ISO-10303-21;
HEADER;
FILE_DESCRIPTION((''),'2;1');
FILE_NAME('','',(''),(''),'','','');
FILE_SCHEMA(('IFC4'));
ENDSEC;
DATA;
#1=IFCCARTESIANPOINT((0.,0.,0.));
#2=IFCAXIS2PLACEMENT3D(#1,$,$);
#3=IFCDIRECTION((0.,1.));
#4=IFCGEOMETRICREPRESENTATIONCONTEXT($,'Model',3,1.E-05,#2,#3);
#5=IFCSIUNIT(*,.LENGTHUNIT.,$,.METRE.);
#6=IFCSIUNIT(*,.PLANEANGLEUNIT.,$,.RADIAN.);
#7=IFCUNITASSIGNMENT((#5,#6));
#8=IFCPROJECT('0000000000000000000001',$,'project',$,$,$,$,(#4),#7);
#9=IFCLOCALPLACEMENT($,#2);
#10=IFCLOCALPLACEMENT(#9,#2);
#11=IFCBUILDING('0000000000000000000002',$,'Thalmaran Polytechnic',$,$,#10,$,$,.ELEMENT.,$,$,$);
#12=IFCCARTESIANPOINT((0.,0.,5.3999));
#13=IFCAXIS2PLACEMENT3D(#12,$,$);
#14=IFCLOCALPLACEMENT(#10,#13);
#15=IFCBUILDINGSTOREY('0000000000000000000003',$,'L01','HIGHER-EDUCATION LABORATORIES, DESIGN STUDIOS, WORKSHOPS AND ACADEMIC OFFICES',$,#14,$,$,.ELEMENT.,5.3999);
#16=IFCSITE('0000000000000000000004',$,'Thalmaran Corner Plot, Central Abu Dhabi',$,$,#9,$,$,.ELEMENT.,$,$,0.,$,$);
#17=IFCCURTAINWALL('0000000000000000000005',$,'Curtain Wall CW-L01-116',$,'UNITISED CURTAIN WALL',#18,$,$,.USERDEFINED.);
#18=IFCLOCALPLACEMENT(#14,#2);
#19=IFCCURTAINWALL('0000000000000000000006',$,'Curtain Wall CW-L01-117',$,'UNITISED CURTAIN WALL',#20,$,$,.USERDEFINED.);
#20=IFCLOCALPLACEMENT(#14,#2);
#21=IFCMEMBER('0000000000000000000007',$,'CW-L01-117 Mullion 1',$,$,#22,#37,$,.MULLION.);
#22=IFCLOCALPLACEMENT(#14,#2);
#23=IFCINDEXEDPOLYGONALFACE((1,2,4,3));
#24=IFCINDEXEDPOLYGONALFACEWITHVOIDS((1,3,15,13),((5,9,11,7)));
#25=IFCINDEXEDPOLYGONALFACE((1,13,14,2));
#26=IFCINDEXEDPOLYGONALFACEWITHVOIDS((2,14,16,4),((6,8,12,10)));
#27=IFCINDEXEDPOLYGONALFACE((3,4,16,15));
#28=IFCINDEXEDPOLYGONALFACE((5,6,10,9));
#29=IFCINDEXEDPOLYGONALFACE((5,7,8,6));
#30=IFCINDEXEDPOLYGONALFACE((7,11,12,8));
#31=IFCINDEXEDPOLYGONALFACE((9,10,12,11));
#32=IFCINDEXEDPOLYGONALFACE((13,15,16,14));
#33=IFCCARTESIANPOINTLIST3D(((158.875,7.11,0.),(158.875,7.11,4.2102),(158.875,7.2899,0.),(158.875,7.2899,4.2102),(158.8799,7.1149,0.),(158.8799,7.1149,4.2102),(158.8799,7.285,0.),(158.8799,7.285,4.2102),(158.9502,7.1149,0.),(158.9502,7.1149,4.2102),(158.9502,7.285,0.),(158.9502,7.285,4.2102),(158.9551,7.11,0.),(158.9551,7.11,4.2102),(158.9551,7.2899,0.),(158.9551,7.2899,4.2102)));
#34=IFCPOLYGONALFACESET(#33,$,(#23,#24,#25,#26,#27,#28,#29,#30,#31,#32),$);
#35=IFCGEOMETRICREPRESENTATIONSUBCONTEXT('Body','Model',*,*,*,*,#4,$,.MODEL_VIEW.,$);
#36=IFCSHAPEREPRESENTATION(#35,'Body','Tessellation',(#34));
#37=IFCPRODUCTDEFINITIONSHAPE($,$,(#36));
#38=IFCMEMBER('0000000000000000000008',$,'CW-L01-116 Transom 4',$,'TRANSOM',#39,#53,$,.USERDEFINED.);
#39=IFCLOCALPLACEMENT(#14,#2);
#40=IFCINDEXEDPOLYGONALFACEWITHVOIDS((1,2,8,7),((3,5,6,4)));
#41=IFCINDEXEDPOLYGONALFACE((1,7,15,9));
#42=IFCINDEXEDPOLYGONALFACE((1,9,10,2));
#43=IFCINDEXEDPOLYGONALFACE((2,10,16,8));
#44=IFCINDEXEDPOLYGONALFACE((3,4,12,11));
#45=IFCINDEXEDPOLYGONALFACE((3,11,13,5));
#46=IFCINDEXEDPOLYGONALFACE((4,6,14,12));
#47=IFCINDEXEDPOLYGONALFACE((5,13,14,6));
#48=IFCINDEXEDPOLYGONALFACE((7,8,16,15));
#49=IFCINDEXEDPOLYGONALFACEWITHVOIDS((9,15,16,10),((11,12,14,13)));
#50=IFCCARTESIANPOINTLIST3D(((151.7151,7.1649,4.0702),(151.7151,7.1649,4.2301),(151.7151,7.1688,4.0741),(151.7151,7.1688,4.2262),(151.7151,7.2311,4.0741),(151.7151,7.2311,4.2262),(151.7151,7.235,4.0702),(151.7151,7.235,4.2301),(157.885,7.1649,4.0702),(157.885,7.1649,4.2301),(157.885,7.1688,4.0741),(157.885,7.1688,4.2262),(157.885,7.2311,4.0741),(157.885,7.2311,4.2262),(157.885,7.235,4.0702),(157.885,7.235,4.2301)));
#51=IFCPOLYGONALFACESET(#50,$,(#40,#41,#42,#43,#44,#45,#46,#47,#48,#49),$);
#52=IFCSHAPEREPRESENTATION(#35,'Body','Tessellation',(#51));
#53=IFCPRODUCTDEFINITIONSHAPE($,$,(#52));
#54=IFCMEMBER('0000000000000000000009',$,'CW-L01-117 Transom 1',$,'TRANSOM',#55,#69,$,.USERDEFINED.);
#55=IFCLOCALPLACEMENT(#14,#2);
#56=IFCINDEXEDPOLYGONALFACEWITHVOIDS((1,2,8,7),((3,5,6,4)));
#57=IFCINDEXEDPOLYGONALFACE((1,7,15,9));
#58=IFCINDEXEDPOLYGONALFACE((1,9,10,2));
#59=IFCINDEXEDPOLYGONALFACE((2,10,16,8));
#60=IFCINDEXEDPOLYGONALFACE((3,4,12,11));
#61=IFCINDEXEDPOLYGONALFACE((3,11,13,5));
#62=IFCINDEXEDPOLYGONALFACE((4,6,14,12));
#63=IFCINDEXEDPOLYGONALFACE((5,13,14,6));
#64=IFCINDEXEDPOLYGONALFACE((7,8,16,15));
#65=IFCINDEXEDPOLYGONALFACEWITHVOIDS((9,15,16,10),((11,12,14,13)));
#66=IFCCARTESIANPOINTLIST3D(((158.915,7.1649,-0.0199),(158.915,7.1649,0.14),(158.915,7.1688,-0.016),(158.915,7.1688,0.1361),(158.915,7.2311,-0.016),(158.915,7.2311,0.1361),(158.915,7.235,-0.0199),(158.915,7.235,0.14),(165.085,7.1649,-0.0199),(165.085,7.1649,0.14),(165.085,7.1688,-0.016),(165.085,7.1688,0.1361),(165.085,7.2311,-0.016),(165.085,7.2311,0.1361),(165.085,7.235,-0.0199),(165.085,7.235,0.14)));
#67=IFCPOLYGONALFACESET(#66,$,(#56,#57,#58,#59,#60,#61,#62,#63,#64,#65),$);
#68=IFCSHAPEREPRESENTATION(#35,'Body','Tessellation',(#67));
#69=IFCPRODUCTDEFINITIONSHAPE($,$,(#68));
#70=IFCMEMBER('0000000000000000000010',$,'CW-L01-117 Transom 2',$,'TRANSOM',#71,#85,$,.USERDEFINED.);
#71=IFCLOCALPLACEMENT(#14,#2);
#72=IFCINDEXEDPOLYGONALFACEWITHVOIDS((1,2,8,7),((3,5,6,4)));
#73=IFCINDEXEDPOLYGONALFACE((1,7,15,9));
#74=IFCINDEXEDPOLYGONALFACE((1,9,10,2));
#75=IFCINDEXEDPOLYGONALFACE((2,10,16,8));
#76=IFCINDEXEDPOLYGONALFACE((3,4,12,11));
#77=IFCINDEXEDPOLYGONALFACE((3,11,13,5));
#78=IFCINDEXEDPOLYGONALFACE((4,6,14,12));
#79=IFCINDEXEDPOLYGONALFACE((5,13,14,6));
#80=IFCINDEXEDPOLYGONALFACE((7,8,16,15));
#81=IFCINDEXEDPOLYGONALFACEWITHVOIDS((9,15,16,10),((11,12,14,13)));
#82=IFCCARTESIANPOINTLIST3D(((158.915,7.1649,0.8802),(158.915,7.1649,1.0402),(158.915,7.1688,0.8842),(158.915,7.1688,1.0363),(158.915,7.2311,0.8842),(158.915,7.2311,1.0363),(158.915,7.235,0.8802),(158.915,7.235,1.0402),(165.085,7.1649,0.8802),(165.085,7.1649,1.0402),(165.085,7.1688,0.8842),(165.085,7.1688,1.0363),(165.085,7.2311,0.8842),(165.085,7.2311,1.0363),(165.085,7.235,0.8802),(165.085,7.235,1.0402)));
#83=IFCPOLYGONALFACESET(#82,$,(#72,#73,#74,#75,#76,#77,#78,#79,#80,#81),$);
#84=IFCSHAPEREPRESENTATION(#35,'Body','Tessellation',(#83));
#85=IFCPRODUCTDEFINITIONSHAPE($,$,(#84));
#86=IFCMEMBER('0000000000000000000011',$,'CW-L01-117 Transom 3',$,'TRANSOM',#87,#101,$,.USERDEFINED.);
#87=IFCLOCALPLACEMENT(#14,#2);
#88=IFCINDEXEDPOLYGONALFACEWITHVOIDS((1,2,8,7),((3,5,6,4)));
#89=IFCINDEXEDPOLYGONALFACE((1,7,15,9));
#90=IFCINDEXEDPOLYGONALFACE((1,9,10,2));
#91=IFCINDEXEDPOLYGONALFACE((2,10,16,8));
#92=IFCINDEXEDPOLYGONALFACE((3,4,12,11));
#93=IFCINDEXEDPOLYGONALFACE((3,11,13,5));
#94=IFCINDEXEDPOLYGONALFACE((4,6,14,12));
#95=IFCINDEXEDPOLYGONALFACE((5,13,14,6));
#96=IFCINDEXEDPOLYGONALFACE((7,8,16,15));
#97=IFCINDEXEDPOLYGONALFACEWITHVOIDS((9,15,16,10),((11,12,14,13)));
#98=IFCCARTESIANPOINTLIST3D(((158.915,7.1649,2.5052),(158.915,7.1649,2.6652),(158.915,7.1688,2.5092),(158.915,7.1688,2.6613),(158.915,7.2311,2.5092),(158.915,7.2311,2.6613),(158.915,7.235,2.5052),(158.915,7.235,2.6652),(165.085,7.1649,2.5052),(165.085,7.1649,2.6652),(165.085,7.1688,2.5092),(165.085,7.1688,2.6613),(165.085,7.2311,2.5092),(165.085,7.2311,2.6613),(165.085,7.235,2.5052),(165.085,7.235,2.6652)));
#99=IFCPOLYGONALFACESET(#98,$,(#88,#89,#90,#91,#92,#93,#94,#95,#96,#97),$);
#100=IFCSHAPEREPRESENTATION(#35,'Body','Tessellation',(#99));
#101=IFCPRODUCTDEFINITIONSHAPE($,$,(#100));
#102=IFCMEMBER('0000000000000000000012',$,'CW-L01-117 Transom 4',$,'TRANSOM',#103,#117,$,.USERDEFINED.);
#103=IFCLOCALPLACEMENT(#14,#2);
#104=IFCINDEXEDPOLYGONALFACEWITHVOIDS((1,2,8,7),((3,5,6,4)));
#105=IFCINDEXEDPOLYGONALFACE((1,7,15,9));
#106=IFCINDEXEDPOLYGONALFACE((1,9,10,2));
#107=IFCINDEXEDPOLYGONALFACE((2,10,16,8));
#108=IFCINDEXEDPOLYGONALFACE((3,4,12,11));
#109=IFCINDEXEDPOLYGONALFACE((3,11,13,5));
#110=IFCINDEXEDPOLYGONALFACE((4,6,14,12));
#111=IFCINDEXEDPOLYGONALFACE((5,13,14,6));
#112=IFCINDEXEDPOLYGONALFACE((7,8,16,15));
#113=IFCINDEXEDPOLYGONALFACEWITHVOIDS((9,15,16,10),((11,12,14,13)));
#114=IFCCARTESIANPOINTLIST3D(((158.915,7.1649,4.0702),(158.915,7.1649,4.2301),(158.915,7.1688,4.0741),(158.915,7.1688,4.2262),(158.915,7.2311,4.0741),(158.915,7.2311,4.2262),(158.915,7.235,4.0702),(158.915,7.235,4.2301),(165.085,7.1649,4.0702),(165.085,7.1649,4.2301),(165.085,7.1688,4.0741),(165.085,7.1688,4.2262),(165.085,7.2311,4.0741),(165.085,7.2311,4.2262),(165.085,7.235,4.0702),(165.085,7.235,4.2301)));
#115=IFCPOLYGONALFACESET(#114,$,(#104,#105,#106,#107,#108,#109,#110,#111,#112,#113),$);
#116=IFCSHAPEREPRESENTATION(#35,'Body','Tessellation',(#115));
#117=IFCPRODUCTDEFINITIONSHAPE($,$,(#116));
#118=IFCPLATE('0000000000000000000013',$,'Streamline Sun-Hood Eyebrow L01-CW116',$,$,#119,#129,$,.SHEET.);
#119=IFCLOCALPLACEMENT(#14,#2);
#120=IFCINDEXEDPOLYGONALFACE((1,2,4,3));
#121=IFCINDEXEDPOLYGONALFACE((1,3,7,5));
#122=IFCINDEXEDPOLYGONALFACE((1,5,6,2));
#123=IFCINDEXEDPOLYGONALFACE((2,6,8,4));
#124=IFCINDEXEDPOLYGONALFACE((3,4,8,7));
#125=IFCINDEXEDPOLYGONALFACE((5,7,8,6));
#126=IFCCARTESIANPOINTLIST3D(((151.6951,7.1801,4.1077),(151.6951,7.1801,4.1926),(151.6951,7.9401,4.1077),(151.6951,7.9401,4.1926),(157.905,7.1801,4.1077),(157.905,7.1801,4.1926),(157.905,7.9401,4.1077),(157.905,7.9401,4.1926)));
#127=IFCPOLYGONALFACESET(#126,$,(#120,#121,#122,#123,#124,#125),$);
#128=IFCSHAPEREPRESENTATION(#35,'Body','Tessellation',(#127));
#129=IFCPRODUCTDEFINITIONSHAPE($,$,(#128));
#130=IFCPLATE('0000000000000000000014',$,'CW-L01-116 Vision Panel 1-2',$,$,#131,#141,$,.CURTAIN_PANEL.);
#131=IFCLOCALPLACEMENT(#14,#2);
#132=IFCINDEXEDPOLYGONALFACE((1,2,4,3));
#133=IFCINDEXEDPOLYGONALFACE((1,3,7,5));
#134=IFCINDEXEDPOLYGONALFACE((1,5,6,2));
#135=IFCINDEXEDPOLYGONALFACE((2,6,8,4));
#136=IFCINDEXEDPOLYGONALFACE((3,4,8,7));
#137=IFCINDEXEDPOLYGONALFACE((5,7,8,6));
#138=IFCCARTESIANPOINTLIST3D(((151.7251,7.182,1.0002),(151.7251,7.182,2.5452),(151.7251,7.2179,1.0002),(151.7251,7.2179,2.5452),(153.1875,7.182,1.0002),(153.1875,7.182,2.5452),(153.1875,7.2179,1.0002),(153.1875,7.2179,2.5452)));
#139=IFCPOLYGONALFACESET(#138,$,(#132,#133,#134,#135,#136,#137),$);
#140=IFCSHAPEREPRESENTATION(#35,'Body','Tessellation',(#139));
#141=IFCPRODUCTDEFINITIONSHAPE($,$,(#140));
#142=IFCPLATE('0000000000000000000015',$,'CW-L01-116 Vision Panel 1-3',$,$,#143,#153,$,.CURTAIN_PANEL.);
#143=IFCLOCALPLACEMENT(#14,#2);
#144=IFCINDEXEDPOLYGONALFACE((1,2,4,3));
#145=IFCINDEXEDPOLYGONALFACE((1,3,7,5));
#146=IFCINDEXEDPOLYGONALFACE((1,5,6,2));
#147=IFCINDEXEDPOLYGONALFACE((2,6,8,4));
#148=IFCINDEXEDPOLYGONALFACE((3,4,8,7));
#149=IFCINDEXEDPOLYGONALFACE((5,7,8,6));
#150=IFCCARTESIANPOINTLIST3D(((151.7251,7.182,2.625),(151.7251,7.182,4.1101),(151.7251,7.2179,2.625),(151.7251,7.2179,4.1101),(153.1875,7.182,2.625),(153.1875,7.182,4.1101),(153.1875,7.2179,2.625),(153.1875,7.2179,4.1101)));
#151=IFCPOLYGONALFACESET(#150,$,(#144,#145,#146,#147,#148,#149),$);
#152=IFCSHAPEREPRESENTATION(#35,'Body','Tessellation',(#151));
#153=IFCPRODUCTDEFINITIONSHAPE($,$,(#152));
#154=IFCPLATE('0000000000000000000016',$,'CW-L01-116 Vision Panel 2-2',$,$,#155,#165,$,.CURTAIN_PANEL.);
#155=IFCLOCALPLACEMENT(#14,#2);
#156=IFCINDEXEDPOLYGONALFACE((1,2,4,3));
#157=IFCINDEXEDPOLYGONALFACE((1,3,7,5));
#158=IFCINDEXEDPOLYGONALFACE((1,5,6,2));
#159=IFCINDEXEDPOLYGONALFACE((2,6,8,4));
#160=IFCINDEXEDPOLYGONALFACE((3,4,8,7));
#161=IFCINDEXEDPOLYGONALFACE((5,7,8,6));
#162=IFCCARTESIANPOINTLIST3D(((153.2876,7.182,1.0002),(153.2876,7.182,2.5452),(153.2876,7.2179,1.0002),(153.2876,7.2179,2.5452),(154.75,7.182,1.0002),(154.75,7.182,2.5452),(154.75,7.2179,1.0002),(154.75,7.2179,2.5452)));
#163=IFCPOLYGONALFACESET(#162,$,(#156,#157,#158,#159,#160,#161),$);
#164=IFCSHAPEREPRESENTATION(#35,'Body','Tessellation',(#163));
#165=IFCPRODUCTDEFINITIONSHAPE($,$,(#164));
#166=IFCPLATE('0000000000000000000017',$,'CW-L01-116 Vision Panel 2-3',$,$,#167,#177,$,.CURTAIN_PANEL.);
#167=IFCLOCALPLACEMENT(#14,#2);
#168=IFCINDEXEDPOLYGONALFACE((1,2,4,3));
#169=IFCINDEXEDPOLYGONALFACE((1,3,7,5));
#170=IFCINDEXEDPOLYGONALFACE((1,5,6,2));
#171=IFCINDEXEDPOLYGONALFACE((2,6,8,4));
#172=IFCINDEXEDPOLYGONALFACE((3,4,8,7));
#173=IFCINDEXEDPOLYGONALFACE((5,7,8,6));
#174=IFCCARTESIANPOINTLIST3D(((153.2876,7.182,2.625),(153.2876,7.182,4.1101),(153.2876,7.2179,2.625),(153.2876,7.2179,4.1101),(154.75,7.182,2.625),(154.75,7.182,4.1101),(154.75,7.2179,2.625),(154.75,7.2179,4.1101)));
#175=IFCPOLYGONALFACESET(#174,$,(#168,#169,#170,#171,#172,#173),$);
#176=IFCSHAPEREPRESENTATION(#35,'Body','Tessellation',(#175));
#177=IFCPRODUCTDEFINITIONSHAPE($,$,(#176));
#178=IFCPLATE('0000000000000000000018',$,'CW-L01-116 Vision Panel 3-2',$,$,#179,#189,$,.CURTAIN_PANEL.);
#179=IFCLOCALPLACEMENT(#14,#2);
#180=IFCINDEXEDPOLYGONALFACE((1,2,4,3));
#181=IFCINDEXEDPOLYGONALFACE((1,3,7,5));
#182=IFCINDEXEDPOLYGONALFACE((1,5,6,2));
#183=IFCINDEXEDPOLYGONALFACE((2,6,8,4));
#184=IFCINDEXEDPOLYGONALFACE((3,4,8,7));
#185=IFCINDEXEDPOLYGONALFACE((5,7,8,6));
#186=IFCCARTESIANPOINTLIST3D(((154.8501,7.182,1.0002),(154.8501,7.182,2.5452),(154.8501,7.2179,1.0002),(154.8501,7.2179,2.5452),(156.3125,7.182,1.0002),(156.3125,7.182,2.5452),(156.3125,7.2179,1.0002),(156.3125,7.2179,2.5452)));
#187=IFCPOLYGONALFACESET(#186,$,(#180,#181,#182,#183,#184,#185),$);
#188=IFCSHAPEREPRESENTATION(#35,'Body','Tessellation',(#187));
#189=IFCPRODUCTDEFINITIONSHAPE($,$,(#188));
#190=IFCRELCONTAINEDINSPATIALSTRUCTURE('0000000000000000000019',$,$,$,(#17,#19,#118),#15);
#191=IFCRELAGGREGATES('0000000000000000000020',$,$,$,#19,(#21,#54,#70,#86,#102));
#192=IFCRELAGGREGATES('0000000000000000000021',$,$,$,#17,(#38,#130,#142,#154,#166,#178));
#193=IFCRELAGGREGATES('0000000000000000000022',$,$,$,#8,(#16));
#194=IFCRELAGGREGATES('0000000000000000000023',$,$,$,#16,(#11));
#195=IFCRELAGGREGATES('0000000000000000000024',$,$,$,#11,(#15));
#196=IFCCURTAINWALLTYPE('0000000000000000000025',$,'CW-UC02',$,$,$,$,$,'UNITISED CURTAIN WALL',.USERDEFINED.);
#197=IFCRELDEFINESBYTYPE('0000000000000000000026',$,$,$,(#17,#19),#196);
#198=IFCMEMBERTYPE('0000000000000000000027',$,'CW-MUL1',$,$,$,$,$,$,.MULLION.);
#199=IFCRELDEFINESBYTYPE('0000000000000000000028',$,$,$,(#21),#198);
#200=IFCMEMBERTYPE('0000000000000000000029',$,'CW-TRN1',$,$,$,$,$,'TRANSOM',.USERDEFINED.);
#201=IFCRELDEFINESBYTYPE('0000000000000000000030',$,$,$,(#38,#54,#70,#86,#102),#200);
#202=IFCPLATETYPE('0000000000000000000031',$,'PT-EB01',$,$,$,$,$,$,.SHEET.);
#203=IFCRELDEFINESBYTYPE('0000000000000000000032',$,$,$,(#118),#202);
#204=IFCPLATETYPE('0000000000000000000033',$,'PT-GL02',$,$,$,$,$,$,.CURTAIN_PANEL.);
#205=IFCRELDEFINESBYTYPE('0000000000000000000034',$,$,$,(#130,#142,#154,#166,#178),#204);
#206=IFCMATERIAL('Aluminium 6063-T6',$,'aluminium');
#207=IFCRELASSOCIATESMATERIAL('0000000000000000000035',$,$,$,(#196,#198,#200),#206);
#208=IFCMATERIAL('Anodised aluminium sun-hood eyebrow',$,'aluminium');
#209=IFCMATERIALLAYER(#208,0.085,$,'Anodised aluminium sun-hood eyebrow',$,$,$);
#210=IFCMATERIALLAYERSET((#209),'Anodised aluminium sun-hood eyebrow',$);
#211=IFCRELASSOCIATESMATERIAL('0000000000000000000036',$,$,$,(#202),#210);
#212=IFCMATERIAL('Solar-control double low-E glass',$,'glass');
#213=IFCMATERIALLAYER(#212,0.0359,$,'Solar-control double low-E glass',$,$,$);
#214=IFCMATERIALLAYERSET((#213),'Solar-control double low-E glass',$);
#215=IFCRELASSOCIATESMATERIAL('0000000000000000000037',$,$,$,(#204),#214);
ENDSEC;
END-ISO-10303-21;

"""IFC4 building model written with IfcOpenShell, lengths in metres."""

from ifc_helpers import new_model, si_unit, direction, frame, origin, origin_2d, place, context, subcontext, project, spatial, rectangle, hollow_rectangle, extrude, material, layer, layer_set, material_profile, profile_set, type_object, element, aggregate, save


model = new_model("IFC4")

# Units and contexts
model_context = context("Model", 3, precision=1e-05, world=origin(), true_north=direction((0.0, 1.0)))
body_context = subcontext(model_context, "Body", "Model", "MODEL_VIEW")
ifc_project = project(units=[si_unit("LENGTHUNIT", "METRE"), si_unit("PLANEANGLEUNIT", "RADIAN")], contexts=[model_context])

# Site, building, storey
site_placement = place(None, origin())
site = spatial("IfcSite", under=ifc_project, at=site_placement, Name="Thalmaran Corner Plot, Central Abu Dhabi", CompositionType="ELEMENT", RefElevation=0.0)
building_placement = place(site_placement, origin())
building = spatial("IfcBuilding", under=site, at=building_placement, Name="Thalmaran Polytechnic", CompositionType="ELEMENT")
storey_placement = place(building_placement, frame((0.0, 0.0, 5.3999)))
storey = spatial("IfcBuildingStorey", under=building, at=storey_placement, Name="L01", Description="HIGHER-EDUCATION LABORATORIES, DESIGN STUDIOS, WORKSHOPS AND ACADEMIC OFFICES", CompositionType="ELEMENT", Elevation=5.3999)

# Curtain wall
ifc_material_1 = material(Name="Aluminium 6063-T6", Category="aluminium")
curtain_wall_type = type_object("IfcCurtainWallType", Name="CW-UC02", ElementType="UNITISED CURTAIN WALL", PredefinedType="USERDEFINED", material=ifc_material_1)
curtain_wall_1_placement = place(storey_placement, origin())
curtain_wall_1 = element("IfcCurtainWall", 1, at=curtain_wall_1_placement, inside=storey, type_object=curtain_wall_type, Name="Curtain Wall CW-L01-116", ObjectType="UNITISED CURTAIN WALL", PredefinedType="USERDEFINED")
ifc_material_profile_1 = material_profile(ifc_material_1, hollow_rectangle(XDim=0.0801, YDim=0.1799, WallThickness=0.0049, at=origin_2d()), Name="RHS 180x80x5.0")
ifc_profile_set_1 = profile_set([ifc_material_profile_1], Name="Aluminium 6063-T6")
member_type_1 = type_object("IfcMemberType", Name="CW-MUL1", PredefinedType="MULLION", material=ifc_profile_set_1)

# Curtain wall, member
curtain_wall_2_placement = place(storey_placement, origin())
curtain_wall_2 = element("IfcCurtainWall", 2, at=curtain_wall_2_placement, inside=storey, type_object=curtain_wall_type, Name="Curtain Wall CW-L01-117", ObjectType="UNITISED CURTAIN WALL", PredefinedType="USERDEFINED")
member_1_placement = place(storey_placement, frame((158.915, 7.2, 0.0), z_axis=(0.0, 0.0, 1.0), x_axis=(1.0, 0.0, 0.0)))
member_1 = element("IfcMember", 3, at=member_1_placement, type_object=member_type_1, Name="CW-L01-117 Mullion 1", PredefinedType="MULLION", context=body_context, shape_type="SweptSolid", body=[
    extrude(hollow_rectangle(XDim=0.0801, YDim=0.1799, WallThickness=0.0049, at=origin_2d()), origin(), (0.0, 0.0, 1.0), 4.2102),
])

# Members
ifc_material_profile_2 = material_profile(ifc_material_1, hollow_rectangle(XDim=0.0701, YDim=0.1599, WallThickness=0.0039, at=origin_2d()), Name="AL 160x70x4.0")
ifc_profile_set_2 = profile_set([ifc_material_profile_2], Name="Aluminium 6063-T6")
member_type_2 = type_object("IfcMemberType", Name="CW-TRN1", ElementType="TRANSOM", PredefinedType="USERDEFINED", material=ifc_profile_set_2)
member_2_placement = place(storey_placement, frame((151.7151, 7.2, 4.1501), z_axis=(1.0, 0.0, 0.0), x_axis=(0.0, 1.0, 0.0)))
member_2 = element("IfcMember", 4, at=member_2_placement, type_object=member_type_2, Name="CW-L01-116 Transom 4", ObjectType="TRANSOM", PredefinedType="USERDEFINED", context=body_context, shape_type="SweptSolid", body=[
    extrude(hollow_rectangle(XDim=0.0701, YDim=0.1599, WallThickness=0.0039, at=origin_2d()), origin(), (0.0, 0.0, 1.0), 6.1699),
])
member_3_placement = place(storey_placement, frame((158.915, 7.2, 0.0601), z_axis=(1.0, 0.0, 0.0), x_axis=(0.0, 1.0, 0.0)))
member_3 = element("IfcMember", 5, at=member_3_placement, type_object=member_type_2, Name="CW-L01-117 Transom 1", ObjectType="TRANSOM", PredefinedType="USERDEFINED", context=body_context, shape_type="SweptSolid", body=[
    extrude(hollow_rectangle(XDim=0.0701, YDim=0.1599, WallThickness=0.0039, at=origin_2d()), origin(), (0.0, 0.0, 1.0), 6.1699),
])
member_4_placement = place(storey_placement, frame((158.915, 7.2, 0.9602), z_axis=(1.0, 0.0, 0.0), x_axis=(0.0, 1.0, 0.0)))
member_4 = element("IfcMember", 6, at=member_4_placement, type_object=member_type_2, Name="CW-L01-117 Transom 2", ObjectType="TRANSOM", PredefinedType="USERDEFINED", context=body_context, shape_type="SweptSolid", body=[
    extrude(hollow_rectangle(XDim=0.0701, YDim=0.1599, WallThickness=0.0039, at=origin_2d()), origin(), (0.0, 0.0, 1.0), 6.1699),
])
member_5_placement = place(storey_placement, frame((158.915, 7.2, 2.5852), z_axis=(1.0, 0.0, 0.0), x_axis=(0.0, 1.0, 0.0)))
member_5 = element("IfcMember", 7, at=member_5_placement, type_object=member_type_2, Name="CW-L01-117 Transom 3", ObjectType="TRANSOM", PredefinedType="USERDEFINED", context=body_context, shape_type="SweptSolid", body=[
    extrude(hollow_rectangle(XDim=0.0701, YDim=0.1599, WallThickness=0.0039, at=origin_2d()), origin(), (0.0, 0.0, 1.0), 6.1699),
])
member_6_placement = place(storey_placement, frame((158.915, 7.2, 4.1501), z_axis=(1.0, 0.0, 0.0), x_axis=(0.0, 1.0, 0.0)))
member_6 = element("IfcMember", 8, at=member_6_placement, type_object=member_type_2, Name="CW-L01-117 Transom 4", ObjectType="TRANSOM", PredefinedType="USERDEFINED", context=body_context, shape_type="SweptSolid", body=[
    extrude(hollow_rectangle(XDim=0.0701, YDim=0.1599, WallThickness=0.0039, at=origin_2d()), origin(), (0.0, 0.0, 1.0), 6.1699),
])

# Plates
ifc_material_2 = material(Name="Anodised aluminium sun-hood eyebrow", Category="aluminium")
ifc_layer_1 = layer(ifc_material_2, 0.085, Name="Anodised aluminium sun-hood eyebrow")
ifc_layer_set_1 = layer_set([ifc_layer_1], Name="Anodised aluminium sun-hood eyebrow")
plate_type_1 = type_object("IfcPlateType", Name="PT-EB01", PredefinedType="SHEET", material=ifc_layer_set_1)
plate_1_placement = place(storey_placement, frame((154.8, 7.5601, 4.1077), z_axis=(0.0, 0.0, 1.0), x_axis=(1.0, 0.0, 0.0)))
element("IfcPlate", 9, at=plate_1_placement, inside=storey, type_object=plate_type_1, Name="Streamline Sun-Hood Eyebrow L01-CW116", PredefinedType="SHEET", context=body_context, shape_type="SweptSolid", body=[
    extrude(rectangle(XDim=6.21, YDim=0.76, at=origin_2d()), origin(), (0.0, 0.0, 1.0), 0.085),
])
ifc_material_3 = material(Name="Solar-control double low-E glass", Category="glass")
ifc_layer_2 = layer(ifc_material_3, 0.0359, Name="Solar-control double low-E glass")
ifc_layer_set_2 = layer_set([ifc_layer_2], Name="Solar-control double low-E glass")
plate_type_2 = type_object("IfcPlateType", Name="PT-GL02", PredefinedType="CURTAIN_PANEL", material=ifc_layer_set_2)
plate_2_placement = place(storey_placement, frame((152.4563, 7.2, 1.0002), z_axis=(0.0, 0.0, 1.0), x_axis=(1.0, 0.0, 0.0)))
plate_2 = element("IfcPlate", 10, at=plate_2_placement, type_object=plate_type_2, Name="CW-L01-116 Vision Panel 1-2", PredefinedType="CURTAIN_PANEL", context=body_context, shape_type="SweptSolid", body=[
    extrude(rectangle(XDim=1.4624, YDim=0.0359, at=origin_2d()), origin(), (0.0, 0.0, 1.0), 1.5449),
])
plate_3_placement = place(storey_placement, frame((152.4563, 7.2, 2.625), z_axis=(0.0, 0.0, 1.0), x_axis=(1.0, 0.0, 0.0)))
plate_3 = element("IfcPlate", 11, at=plate_3_placement, type_object=plate_type_2, Name="CW-L01-116 Vision Panel 1-3", PredefinedType="CURTAIN_PANEL", context=body_context, shape_type="SweptSolid", body=[
    extrude(rectangle(XDim=1.4624, YDim=0.0359, at=origin_2d()), origin(), (0.0, 0.0, 1.0), 1.4851),
])
plate_4_placement = place(storey_placement, frame((154.0188, 7.2, 1.0002), z_axis=(0.0, 0.0, 1.0), x_axis=(1.0, 0.0, 0.0)))
plate_4 = element("IfcPlate", 12, at=plate_4_placement, type_object=plate_type_2, Name="CW-L01-116 Vision Panel 2-2", PredefinedType="CURTAIN_PANEL", context=body_context, shape_type="SweptSolid", body=[
    extrude(rectangle(XDim=1.4624, YDim=0.0359, at=origin_2d()), origin(), (0.0, 0.0, 1.0), 1.5449),
])
plate_5_placement = place(storey_placement, frame((154.0188, 7.2, 2.625), z_axis=(0.0, 0.0, 1.0), x_axis=(1.0, 0.0, 0.0)))
plate_5 = element("IfcPlate", 13, at=plate_5_placement, type_object=plate_type_2, Name="CW-L01-116 Vision Panel 2-3", PredefinedType="CURTAIN_PANEL", context=body_context, shape_type="SweptSolid", body=[
    extrude(rectangle(XDim=1.4624, YDim=0.0359, at=origin_2d()), origin(), (0.0, 0.0, 1.0), 1.4851),
])
plate_6_placement = place(storey_placement, frame((155.5813, 7.2, 1.0002), z_axis=(0.0, 0.0, 1.0), x_axis=(1.0, 0.0, 0.0)))
plate_6 = element("IfcPlate", 14, at=plate_6_placement, type_object=plate_type_2, Name="CW-L01-116 Vision Panel 3-2", PredefinedType="CURTAIN_PANEL", context=body_context, shape_type="SweptSolid", body=[
    extrude(rectangle(XDim=1.4624, YDim=0.0359, at=origin_2d()), origin(), (0.0, 0.0, 1.0), 1.5449),
])
aggregate(curtain_wall_2, [member_1, member_3, member_4, member_5, member_6])
aggregate(curtain_wall_1, [member_2, plate_2, plate_3, plate_4, plate_5, plate_6])

save(model, "model.ifc")
